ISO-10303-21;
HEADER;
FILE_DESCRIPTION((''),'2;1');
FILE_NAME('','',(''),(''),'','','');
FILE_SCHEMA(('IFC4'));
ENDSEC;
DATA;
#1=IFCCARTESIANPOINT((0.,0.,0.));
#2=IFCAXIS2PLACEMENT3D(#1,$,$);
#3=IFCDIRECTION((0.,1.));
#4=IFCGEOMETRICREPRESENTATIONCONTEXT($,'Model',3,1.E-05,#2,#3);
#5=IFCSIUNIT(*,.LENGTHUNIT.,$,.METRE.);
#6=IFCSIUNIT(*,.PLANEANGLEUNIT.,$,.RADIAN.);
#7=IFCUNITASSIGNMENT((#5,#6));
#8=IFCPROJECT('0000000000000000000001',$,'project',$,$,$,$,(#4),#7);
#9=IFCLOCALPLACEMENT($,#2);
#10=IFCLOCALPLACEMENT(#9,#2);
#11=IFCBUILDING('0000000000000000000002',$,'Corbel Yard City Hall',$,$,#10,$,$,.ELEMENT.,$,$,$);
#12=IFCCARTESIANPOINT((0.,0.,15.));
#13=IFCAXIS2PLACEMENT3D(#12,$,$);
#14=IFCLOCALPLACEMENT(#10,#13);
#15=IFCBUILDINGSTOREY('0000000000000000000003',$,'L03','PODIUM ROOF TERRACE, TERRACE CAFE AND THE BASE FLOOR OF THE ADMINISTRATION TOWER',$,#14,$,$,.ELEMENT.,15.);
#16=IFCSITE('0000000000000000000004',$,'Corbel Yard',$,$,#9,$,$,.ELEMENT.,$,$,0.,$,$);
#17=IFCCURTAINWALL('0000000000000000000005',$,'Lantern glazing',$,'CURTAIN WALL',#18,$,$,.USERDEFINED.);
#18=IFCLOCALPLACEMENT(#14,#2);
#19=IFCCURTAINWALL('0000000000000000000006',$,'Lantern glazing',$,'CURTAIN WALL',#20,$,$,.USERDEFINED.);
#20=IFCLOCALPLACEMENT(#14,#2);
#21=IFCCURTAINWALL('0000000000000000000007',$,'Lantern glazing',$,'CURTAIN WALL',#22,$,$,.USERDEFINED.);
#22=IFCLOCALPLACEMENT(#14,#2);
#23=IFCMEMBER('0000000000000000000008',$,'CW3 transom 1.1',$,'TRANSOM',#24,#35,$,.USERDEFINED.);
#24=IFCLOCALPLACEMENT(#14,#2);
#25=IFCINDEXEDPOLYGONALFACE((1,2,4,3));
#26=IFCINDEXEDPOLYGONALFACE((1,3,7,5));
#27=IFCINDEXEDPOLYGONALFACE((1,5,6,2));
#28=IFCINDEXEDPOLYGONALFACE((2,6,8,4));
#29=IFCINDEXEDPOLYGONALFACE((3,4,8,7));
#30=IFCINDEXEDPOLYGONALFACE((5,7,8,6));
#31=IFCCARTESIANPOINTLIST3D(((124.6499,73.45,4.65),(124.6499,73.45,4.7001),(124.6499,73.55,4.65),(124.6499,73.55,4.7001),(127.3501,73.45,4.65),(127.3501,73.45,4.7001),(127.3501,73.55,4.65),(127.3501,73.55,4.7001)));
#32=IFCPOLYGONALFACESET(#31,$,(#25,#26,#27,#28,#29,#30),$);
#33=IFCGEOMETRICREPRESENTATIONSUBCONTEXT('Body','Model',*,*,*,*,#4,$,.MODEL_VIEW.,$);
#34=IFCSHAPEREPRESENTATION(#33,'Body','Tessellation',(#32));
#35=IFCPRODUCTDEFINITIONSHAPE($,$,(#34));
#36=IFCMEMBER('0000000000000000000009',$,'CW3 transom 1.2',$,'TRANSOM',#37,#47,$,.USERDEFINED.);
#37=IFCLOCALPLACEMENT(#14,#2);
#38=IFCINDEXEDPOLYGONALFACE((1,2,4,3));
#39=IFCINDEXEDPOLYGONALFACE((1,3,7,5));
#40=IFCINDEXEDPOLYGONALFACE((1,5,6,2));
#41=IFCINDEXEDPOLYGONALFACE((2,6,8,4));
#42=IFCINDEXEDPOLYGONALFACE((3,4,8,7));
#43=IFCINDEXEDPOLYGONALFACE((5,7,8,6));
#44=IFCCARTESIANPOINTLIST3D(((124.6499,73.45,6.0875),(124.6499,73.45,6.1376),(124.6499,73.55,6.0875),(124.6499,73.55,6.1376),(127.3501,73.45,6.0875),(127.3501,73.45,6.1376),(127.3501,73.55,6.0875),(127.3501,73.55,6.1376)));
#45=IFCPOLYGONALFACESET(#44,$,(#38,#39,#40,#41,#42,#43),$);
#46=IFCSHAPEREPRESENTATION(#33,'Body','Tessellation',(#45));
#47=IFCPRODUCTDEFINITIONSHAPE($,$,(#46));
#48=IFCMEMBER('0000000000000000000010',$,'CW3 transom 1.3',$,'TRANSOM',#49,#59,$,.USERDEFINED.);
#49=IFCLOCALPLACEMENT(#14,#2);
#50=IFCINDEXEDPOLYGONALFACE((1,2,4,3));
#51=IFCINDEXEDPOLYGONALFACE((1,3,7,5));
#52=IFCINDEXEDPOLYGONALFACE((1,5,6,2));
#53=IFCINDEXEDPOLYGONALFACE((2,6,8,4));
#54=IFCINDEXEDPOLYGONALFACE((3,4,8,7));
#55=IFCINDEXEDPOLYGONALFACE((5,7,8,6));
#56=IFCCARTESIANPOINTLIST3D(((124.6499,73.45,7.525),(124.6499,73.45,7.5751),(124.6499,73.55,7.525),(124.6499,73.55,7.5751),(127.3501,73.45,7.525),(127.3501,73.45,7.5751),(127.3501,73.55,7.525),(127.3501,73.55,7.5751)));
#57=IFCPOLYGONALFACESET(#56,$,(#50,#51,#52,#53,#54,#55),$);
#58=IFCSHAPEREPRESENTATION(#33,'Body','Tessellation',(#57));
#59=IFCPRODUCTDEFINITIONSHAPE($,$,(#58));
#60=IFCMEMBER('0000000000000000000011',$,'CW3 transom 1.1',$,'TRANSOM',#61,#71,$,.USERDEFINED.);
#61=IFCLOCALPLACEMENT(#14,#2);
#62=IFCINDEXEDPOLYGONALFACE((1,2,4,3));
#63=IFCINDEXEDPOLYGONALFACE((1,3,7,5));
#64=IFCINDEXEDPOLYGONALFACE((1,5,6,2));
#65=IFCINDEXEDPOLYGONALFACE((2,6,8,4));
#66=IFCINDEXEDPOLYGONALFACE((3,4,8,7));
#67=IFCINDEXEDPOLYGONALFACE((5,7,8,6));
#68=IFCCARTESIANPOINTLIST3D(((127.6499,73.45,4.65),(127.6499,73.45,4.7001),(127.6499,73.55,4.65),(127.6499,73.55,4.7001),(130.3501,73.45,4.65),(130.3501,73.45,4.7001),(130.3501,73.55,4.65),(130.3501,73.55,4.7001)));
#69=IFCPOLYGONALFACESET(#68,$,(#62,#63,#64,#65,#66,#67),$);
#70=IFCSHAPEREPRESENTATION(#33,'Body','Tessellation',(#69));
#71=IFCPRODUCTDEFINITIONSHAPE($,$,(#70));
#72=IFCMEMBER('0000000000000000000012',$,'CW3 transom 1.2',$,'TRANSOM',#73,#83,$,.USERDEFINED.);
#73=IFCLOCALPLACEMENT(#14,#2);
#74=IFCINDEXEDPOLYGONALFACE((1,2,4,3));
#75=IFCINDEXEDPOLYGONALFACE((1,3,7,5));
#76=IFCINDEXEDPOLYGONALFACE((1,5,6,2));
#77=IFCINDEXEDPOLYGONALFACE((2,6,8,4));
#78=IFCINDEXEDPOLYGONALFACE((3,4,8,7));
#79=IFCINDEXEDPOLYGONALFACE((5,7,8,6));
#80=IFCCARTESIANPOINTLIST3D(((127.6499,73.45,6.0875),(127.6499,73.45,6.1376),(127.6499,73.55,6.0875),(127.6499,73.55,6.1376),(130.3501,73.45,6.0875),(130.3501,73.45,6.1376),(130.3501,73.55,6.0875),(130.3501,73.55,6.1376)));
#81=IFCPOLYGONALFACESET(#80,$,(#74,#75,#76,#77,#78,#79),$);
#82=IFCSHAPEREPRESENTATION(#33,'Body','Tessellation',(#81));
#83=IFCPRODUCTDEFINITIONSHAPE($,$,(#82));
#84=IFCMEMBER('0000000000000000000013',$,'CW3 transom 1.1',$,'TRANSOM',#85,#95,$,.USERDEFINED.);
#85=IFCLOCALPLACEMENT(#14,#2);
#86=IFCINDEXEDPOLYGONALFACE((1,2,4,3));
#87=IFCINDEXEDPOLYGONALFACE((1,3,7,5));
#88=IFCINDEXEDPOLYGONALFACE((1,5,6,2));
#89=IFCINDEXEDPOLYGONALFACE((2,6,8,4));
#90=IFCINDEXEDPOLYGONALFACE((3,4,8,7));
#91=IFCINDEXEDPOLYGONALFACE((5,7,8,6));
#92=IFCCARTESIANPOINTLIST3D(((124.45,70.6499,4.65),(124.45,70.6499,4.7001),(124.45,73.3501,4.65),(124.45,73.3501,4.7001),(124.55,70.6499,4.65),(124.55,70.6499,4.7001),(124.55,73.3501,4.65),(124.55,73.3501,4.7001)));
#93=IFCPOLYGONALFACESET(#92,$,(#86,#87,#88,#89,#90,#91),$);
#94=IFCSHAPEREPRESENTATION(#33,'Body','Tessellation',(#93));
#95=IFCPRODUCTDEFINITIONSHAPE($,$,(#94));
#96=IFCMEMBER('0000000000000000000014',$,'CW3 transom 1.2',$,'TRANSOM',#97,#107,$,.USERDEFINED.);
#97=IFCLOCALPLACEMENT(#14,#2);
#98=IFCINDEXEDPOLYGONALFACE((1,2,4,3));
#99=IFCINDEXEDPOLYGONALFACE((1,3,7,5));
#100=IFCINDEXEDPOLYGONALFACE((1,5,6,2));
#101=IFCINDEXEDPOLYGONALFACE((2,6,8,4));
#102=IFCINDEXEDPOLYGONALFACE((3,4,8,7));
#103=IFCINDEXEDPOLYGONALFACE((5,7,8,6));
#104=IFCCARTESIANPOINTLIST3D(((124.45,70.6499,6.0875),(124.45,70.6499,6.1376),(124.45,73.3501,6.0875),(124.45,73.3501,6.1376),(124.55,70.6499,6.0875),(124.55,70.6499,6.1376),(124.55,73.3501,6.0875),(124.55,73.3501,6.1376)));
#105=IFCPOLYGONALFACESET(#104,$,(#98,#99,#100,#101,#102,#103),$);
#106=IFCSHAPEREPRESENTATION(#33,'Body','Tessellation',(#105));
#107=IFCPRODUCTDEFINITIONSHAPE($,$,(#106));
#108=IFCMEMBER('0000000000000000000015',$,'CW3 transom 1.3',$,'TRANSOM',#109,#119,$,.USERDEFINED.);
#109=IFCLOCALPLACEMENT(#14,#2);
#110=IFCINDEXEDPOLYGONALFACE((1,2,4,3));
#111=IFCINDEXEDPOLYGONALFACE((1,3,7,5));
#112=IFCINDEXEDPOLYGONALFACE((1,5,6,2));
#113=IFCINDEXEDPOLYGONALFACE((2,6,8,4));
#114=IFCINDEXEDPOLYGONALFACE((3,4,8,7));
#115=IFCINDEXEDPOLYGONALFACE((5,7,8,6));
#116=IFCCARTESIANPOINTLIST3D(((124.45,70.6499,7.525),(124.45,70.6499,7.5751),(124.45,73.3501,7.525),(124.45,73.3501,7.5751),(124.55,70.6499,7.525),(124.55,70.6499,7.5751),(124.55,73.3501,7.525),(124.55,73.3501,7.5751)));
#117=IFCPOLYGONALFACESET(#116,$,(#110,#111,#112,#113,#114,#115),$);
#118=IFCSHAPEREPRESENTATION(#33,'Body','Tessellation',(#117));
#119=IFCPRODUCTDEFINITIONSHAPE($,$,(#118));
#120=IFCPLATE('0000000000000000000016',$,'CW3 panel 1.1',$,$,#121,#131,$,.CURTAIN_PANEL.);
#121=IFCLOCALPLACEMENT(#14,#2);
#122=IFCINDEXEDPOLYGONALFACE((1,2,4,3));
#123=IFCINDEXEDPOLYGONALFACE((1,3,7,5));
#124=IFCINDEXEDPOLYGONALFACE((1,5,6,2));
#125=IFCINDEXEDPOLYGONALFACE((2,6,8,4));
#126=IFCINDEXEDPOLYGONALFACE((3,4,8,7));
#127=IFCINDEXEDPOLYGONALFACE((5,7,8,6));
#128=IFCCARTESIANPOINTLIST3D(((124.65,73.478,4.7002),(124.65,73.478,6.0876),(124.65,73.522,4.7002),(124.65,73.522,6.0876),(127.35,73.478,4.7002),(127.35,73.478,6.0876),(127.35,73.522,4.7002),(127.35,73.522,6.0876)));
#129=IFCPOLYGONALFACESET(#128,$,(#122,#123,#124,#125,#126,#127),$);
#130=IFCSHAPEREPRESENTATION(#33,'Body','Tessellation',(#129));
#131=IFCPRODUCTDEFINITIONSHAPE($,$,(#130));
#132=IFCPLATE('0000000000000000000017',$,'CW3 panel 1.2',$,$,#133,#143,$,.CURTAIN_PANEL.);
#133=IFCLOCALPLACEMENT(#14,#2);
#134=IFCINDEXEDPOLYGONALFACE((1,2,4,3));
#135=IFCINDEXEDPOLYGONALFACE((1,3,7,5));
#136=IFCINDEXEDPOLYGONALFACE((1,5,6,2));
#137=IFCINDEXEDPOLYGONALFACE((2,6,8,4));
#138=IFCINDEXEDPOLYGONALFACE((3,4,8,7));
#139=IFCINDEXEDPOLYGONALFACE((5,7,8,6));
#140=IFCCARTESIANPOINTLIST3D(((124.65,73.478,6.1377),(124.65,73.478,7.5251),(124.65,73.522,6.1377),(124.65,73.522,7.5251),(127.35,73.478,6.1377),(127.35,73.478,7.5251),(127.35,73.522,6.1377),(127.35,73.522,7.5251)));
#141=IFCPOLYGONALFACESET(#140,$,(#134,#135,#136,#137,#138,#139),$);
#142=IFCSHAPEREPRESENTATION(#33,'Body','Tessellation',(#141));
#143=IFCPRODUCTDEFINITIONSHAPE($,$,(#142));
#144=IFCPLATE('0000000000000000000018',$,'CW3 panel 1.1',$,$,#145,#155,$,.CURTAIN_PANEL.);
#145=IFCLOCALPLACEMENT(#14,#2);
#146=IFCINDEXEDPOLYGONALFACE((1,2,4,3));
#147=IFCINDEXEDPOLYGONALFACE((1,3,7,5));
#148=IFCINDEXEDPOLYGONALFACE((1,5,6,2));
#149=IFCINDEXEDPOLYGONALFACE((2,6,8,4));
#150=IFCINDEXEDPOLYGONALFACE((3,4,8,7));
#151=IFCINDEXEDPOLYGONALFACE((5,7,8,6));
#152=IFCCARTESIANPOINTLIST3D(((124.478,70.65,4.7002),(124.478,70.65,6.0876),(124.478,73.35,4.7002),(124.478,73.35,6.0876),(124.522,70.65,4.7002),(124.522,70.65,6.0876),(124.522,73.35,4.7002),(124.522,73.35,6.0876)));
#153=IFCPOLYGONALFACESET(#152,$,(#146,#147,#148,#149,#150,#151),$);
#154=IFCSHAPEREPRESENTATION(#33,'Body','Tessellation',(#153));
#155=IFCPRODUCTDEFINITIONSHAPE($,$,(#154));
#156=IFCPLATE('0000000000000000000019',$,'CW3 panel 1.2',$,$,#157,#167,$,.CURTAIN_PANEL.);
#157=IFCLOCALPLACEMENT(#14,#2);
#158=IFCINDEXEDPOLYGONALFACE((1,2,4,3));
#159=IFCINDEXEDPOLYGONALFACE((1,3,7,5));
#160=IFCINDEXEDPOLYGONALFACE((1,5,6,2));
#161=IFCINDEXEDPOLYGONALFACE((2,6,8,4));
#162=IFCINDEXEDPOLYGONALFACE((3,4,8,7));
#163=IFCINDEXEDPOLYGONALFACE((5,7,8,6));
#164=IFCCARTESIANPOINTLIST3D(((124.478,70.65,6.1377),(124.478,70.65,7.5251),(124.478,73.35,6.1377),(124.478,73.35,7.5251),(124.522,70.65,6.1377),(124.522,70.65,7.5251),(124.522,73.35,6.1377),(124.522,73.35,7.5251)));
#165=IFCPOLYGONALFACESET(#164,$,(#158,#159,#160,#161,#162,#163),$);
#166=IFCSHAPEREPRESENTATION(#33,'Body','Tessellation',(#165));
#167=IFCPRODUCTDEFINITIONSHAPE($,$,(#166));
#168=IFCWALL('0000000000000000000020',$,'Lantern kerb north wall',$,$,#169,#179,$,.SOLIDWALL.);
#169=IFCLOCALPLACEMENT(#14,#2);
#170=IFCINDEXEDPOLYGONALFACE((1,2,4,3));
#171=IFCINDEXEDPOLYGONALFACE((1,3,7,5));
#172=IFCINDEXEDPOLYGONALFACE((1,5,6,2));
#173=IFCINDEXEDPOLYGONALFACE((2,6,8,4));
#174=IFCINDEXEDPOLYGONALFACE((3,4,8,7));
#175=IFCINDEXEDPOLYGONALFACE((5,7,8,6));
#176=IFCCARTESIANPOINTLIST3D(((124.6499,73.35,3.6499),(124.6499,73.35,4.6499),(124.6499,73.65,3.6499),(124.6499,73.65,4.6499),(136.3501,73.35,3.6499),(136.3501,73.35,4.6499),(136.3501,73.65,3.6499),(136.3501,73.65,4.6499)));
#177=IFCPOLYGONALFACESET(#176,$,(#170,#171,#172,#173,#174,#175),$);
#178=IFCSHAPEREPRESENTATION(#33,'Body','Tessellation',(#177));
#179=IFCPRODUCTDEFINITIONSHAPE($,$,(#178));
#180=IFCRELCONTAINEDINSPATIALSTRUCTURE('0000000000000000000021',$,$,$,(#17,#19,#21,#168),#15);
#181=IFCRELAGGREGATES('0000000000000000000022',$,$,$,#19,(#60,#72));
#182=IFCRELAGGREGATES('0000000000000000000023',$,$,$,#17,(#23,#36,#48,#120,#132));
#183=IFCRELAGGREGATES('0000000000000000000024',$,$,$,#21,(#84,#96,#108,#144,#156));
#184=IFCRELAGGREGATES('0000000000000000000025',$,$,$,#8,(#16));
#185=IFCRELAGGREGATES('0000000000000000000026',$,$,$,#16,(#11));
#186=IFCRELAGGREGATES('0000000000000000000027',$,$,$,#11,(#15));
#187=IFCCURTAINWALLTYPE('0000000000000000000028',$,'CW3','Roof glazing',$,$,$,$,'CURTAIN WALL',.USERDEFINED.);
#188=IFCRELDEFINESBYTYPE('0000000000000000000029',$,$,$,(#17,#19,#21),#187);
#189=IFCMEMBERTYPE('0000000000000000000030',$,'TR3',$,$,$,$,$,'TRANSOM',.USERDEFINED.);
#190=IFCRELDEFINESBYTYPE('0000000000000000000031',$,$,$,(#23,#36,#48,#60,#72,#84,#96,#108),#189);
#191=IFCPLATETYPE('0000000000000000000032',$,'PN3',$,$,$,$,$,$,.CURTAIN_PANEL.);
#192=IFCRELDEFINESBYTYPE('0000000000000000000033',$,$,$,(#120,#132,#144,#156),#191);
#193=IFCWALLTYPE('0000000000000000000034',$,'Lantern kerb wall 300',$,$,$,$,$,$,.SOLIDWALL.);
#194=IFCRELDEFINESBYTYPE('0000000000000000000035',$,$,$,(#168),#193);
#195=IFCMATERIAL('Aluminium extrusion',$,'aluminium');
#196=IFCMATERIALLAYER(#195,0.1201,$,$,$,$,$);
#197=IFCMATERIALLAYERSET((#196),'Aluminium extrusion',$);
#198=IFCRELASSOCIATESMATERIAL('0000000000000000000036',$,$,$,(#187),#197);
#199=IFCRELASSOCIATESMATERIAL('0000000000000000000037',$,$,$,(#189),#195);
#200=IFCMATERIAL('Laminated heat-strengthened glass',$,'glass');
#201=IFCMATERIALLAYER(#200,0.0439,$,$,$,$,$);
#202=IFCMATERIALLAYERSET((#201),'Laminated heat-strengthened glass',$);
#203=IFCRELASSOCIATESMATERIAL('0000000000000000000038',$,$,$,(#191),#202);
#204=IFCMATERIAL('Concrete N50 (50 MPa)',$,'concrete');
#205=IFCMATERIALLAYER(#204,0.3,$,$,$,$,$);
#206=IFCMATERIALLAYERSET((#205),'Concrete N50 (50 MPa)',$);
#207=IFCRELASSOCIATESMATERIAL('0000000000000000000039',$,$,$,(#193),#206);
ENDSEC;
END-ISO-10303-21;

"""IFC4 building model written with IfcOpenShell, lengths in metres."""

from ifc_helpers import new_model, si_unit, direction, frame, frame_2d, origin, origin_2d, place, context, subcontext, project, spatial, rectangle, extrude, material, layer, layer_set, material_profile, profile_set, type_object, element, aggregate, save


model = new_model("IFC4")

# Units and contexts
model_context = context("Model", 3, precision=1e-05, world=origin(), true_north=direction((0.0, 1.0)))
body_context = subcontext(model_context, "Body", "Model", "MODEL_VIEW")
ifc_project = project(units=[si_unit("LENGTHUNIT", "METRE"), si_unit("PLANEANGLEUNIT", "RADIAN")], contexts=[model_context])

# Site, building, storey
site_placement = place(None, origin())
site = spatial("IfcSite", under=ifc_project, at=site_placement, Name="Corbel Yard", CompositionType="ELEMENT", RefElevation=0.0)
building_placement = place(site_placement, origin())
building = spatial("IfcBuilding", under=site, at=building_placement, Name="Corbel Yard City Hall", CompositionType="ELEMENT")
storey_placement = place(building_placement, frame((0.0, 0.0, 15.0)))
storey = spatial("IfcBuildingStorey", under=building, at=storey_placement, Name="L03", Description="PODIUM ROOF TERRACE, TERRACE CAFE AND THE BASE FLOOR OF THE ADMINISTRATION TOWER", CompositionType="ELEMENT", Elevation=15.0)

# Shared definitions
ifc_material_1 = material(Name="Concrete N50 (50 MPa)", Category="concrete")

# Curtain wall
ifc_material_2 = material(Name="Aluminium extrusion", Category="aluminium")
ifc_layer_1 = layer(ifc_material_2, 0.1201)
ifc_layer_set_1 = layer_set([ifc_layer_1], Name="Aluminium extrusion")
curtain_wall_type = type_object("IfcCurtainWallType", Name="CW3", Description="Roof glazing", ElementType="CURTAIN WALL", PredefinedType="USERDEFINED", material=ifc_layer_set_1)
curtain_wall_1_placement = place(storey_placement, origin())
curtain_wall_1 = element("IfcCurtainWall", 1, at=curtain_wall_1_placement, inside=storey, type_object=curtain_wall_type, Name="Lantern glazing", ObjectType="CURTAIN WALL", PredefinedType="USERDEFINED")

# Curtain walls
curtain_wall_2_placement = place(storey_placement, origin())
curtain_wall_2 = element("IfcCurtainWall", 2, at=curtain_wall_2_placement, inside=storey, type_object=curtain_wall_type, Name="Lantern glazing", ObjectType="CURTAIN WALL", PredefinedType="USERDEFINED")
curtain_wall_3_placement = place(storey_placement, origin())
curtain_wall_3 = element("IfcCurtainWall", 3, at=curtain_wall_3_placement, inside=storey, type_object=curtain_wall_type, Name="Lantern glazing", ObjectType="CURTAIN WALL", PredefinedType="USERDEFINED")

# Members
ifc_material_profile_1 = material_profile(ifc_material_2, rectangle(XDim=0.1001, YDim=0.05, at=origin_2d()), Name="100x50")
ifc_profile_set_1 = profile_set([ifc_material_profile_1], Name="Aluminium extrusion")
member_type_1 = type_object("IfcMemberType", Name="TR3", ElementType="TRANSOM", PredefinedType="USERDEFINED", material=ifc_profile_set_1)
member_1_placement = place(storey_placement, frame((124.6499, 73.5, 4.675), z_axis=(1.0, 0.0, 0.0), x_axis=(0.0, 1.0, 0.0)))
member_1 = element("IfcMember", 4, at=member_1_placement, type_object=member_type_1, Name="CW3 transom 1.1", ObjectType="TRANSOM", PredefinedType="USERDEFINED", context=body_context, shape_type="SweptSolid", body=[
    extrude(rectangle(XDim=0.1001, YDim=0.05, at=origin_2d()), origin(), (0.0, 0.0, 1.0), 2.7002),
])
member_2_placement = place(storey_placement, frame((124.6499, 73.5, 6.1125), z_axis=(1.0, 0.0, 0.0), x_axis=(0.0, 1.0, 0.0)))
member_2 = element("IfcMember", 5, at=member_2_placement, type_object=member_type_1, Name="CW3 transom 1.2", ObjectType="TRANSOM", PredefinedType="USERDEFINED", context=body_context, shape_type="SweptSolid", body=[
    extrude(rectangle(XDim=0.1001, YDim=0.05, at=origin_2d()), origin(), (0.0, 0.0, 1.0), 2.7002),
])
member_3_placement = place(storey_placement, frame((124.6499, 73.5, 7.55), z_axis=(1.0, 0.0, 0.0), x_axis=(0.0, 1.0, 0.0)))
member_3 = element("IfcMember", 6, at=member_3_placement, type_object=member_type_1, Name="CW3 transom 1.3", ObjectType="TRANSOM", PredefinedType="USERDEFINED", context=body_context, shape_type="SweptSolid", body=[
    extrude(rectangle(XDim=0.1001, YDim=0.05, at=origin_2d()), origin(), (0.0, 0.0, 1.0), 2.7002),
])
member_4_placement = place(storey_placement, frame((127.6499, 73.5, 4.675), z_axis=(1.0, 0.0, 0.0), x_axis=(0.0, 1.0, 0.0)))
member_4 = element("IfcMember", 7, at=member_4_placement, type_object=member_type_1, Name="CW3 transom 1.1", ObjectType="TRANSOM", PredefinedType="USERDEFINED", context=body_context, shape_type="SweptSolid", body=[
    extrude(rectangle(XDim=0.1001, YDim=0.05, at=origin_2d()), origin(), (0.0, 0.0, 1.0), 2.7002),
])
member_5_placement = place(storey_placement, frame((127.6499, 73.5, 6.1125), z_axis=(1.0, 0.0, 0.0), x_axis=(0.0, 1.0, 0.0)))
member_5 = element("IfcMember", 8, at=member_5_placement, type_object=member_type_1, Name="CW3 transom 1.2", ObjectType="TRANSOM", PredefinedType="USERDEFINED", context=body_context, shape_type="SweptSolid", body=[
    extrude(rectangle(XDim=0.1001, YDim=0.05, at=origin_2d()), origin(), (0.0, 0.0, 1.0), 2.7002),
])
aggregate(curtain_wall_2, [member_4, member_5])
member_6_placement = place(storey_placement, frame((124.5, 70.6499, 4.675), z_axis=(0.0, 1.0, 0.0), x_axis=(-1.0, 0.0, 0.0)))
member_6 = element("IfcMember", 9, at=member_6_placement, type_object=member_type_1, Name="CW3 transom 1.1", ObjectType="TRANSOM", PredefinedType="USERDEFINED", context=body_context, shape_type="SweptSolid", body=[
    extrude(rectangle(XDim=0.1001, YDim=0.05, at=origin_2d()), origin(), (0.0, 0.0, 1.0), 2.7002),
])
member_7_placement = place(storey_placement, frame((124.5, 70.6499, 6.1125), z_axis=(0.0, 1.0, 0.0), x_axis=(-1.0, 0.0, 0.0)))
member_7 = element("IfcMember", 10, at=member_7_placement, type_object=member_type_1, Name="CW3 transom 1.2", ObjectType="TRANSOM", PredefinedType="USERDEFINED", context=body_context, shape_type="SweptSolid", body=[
    extrude(rectangle(XDim=0.1001, YDim=0.05, at=origin_2d()), origin(), (0.0, 0.0, 1.0), 2.7002),
])
member_8_placement = place(storey_placement, frame((124.5, 70.6499, 7.55), z_axis=(0.0, 1.0, 0.0), x_axis=(-1.0, 0.0, 0.0)))
member_8 = element("IfcMember", 11, at=member_8_placement, type_object=member_type_1, Name="CW3 transom 1.3", ObjectType="TRANSOM", PredefinedType="USERDEFINED", context=body_context, shape_type="SweptSolid", body=[
    extrude(rectangle(XDim=0.1001, YDim=0.05, at=origin_2d()), origin(), (0.0, 0.0, 1.0), 2.7002),
])

# Plates
ifc_material_3 = material(Name="Laminated heat-strengthened glass", Category="glass")
ifc_layer_2 = layer(ifc_material_3, 0.0439)
ifc_layer_set_2 = layer_set([ifc_layer_2], Name="Laminated heat-strengthened glass")
plate_type = type_object("IfcPlateType", Name="PN3", PredefinedType="CURTAIN_PANEL", material=ifc_layer_set_2)
plate_1_placement = place(storey_placement, frame((126.0, 73.5, 4.7002), z_axis=(0.0, 0.0, 1.0), x_axis=(1.0, 0.0, 0.0)))
plate_1 = element("IfcPlate", 12, at=plate_1_placement, type_object=plate_type, Name="CW3 panel 1.1", PredefinedType="CURTAIN_PANEL", context=body_context, shape_type="SweptSolid", body=[
    extrude(rectangle(XDim=2.7, YDim=0.0439, at=origin_2d()), origin(), (0.0, 0.0, 1.0), 1.3875),
])
plate_2_placement = place(storey_placement, frame((126.0, 73.5, 6.1377), z_axis=(0.0, 0.0, 1.0), x_axis=(1.0, 0.0, 0.0)))
plate_2 = element("IfcPlate", 13, at=plate_2_placement, type_object=plate_type, Name="CW3 panel 1.2", PredefinedType="CURTAIN_PANEL", context=body_context, shape_type="SweptSolid", body=[
    extrude(rectangle(XDim=2.7, YDim=0.0439, at=origin_2d()), origin(), (0.0, 0.0, 1.0), 1.3875),
])
aggregate(curtain_wall_1, [member_1, member_2, member_3, plate_1, plate_2])
plate_3_placement = place(storey_placement, frame((124.5, 72.0, 4.7002), z_axis=(0.0, 0.0, 1.0), x_axis=(0.0, 1.0, 0.0)))
plate_3 = element("IfcPlate", 14, at=plate_3_placement, type_object=plate_type, Name="CW3 panel 1.1", PredefinedType="CURTAIN_PANEL", context=body_context, shape_type="SweptSolid", body=[
    extrude(rectangle(XDim=2.7, YDim=0.0439, at=origin_2d()), origin(), (0.0, 0.0, 1.0), 1.3875),
])
plate_4_placement = place(storey_placement, frame((124.5, 72.0, 6.1377), z_axis=(0.0, 0.0, 1.0), x_axis=(0.0, 1.0, 0.0)))
plate_4 = element("IfcPlate", 15, at=plate_4_placement, type_object=plate_type, Name="CW3 panel 1.2", PredefinedType="CURTAIN_PANEL", context=body_context, shape_type="SweptSolid", body=[
    extrude(rectangle(XDim=2.7, YDim=0.0439, at=origin_2d()), origin(), (0.0, 0.0, 1.0), 1.3875),
])
aggregate(curtain_wall_3, [member_6, member_7, member_8, plate_3, plate_4])

# Wall
ifc_layer_3 = layer(ifc_material_1, 0.3)
ifc_layer_set_3 = layer_set([ifc_layer_3], Name="Concrete N50 (50 MPa)")
wall_type = type_object("IfcWallType", Name="Lantern kerb wall 300", PredefinedType="SOLIDWALL", material=ifc_layer_set_3)
wall_placement = place(storey_placement, frame((124.6499, 73.5, 3.6499), z_axis=(0.0, 0.0, 1.0), x_axis=(1.0, 0.0, 0.0)))
element("IfcWall", 16, at=wall_placement, inside=storey, type_object=wall_type, Name="Lantern kerb north wall", PredefinedType="SOLIDWALL", context=body_context, shape_type="SweptSolid", body=[
    extrude(rectangle(XDim=11.7002, YDim=0.3, at=frame_2d((5.8501, 0.0))), origin(), (0.0, 0.0, 1.0), 1.0),
])

save(model, "model.ifc")
